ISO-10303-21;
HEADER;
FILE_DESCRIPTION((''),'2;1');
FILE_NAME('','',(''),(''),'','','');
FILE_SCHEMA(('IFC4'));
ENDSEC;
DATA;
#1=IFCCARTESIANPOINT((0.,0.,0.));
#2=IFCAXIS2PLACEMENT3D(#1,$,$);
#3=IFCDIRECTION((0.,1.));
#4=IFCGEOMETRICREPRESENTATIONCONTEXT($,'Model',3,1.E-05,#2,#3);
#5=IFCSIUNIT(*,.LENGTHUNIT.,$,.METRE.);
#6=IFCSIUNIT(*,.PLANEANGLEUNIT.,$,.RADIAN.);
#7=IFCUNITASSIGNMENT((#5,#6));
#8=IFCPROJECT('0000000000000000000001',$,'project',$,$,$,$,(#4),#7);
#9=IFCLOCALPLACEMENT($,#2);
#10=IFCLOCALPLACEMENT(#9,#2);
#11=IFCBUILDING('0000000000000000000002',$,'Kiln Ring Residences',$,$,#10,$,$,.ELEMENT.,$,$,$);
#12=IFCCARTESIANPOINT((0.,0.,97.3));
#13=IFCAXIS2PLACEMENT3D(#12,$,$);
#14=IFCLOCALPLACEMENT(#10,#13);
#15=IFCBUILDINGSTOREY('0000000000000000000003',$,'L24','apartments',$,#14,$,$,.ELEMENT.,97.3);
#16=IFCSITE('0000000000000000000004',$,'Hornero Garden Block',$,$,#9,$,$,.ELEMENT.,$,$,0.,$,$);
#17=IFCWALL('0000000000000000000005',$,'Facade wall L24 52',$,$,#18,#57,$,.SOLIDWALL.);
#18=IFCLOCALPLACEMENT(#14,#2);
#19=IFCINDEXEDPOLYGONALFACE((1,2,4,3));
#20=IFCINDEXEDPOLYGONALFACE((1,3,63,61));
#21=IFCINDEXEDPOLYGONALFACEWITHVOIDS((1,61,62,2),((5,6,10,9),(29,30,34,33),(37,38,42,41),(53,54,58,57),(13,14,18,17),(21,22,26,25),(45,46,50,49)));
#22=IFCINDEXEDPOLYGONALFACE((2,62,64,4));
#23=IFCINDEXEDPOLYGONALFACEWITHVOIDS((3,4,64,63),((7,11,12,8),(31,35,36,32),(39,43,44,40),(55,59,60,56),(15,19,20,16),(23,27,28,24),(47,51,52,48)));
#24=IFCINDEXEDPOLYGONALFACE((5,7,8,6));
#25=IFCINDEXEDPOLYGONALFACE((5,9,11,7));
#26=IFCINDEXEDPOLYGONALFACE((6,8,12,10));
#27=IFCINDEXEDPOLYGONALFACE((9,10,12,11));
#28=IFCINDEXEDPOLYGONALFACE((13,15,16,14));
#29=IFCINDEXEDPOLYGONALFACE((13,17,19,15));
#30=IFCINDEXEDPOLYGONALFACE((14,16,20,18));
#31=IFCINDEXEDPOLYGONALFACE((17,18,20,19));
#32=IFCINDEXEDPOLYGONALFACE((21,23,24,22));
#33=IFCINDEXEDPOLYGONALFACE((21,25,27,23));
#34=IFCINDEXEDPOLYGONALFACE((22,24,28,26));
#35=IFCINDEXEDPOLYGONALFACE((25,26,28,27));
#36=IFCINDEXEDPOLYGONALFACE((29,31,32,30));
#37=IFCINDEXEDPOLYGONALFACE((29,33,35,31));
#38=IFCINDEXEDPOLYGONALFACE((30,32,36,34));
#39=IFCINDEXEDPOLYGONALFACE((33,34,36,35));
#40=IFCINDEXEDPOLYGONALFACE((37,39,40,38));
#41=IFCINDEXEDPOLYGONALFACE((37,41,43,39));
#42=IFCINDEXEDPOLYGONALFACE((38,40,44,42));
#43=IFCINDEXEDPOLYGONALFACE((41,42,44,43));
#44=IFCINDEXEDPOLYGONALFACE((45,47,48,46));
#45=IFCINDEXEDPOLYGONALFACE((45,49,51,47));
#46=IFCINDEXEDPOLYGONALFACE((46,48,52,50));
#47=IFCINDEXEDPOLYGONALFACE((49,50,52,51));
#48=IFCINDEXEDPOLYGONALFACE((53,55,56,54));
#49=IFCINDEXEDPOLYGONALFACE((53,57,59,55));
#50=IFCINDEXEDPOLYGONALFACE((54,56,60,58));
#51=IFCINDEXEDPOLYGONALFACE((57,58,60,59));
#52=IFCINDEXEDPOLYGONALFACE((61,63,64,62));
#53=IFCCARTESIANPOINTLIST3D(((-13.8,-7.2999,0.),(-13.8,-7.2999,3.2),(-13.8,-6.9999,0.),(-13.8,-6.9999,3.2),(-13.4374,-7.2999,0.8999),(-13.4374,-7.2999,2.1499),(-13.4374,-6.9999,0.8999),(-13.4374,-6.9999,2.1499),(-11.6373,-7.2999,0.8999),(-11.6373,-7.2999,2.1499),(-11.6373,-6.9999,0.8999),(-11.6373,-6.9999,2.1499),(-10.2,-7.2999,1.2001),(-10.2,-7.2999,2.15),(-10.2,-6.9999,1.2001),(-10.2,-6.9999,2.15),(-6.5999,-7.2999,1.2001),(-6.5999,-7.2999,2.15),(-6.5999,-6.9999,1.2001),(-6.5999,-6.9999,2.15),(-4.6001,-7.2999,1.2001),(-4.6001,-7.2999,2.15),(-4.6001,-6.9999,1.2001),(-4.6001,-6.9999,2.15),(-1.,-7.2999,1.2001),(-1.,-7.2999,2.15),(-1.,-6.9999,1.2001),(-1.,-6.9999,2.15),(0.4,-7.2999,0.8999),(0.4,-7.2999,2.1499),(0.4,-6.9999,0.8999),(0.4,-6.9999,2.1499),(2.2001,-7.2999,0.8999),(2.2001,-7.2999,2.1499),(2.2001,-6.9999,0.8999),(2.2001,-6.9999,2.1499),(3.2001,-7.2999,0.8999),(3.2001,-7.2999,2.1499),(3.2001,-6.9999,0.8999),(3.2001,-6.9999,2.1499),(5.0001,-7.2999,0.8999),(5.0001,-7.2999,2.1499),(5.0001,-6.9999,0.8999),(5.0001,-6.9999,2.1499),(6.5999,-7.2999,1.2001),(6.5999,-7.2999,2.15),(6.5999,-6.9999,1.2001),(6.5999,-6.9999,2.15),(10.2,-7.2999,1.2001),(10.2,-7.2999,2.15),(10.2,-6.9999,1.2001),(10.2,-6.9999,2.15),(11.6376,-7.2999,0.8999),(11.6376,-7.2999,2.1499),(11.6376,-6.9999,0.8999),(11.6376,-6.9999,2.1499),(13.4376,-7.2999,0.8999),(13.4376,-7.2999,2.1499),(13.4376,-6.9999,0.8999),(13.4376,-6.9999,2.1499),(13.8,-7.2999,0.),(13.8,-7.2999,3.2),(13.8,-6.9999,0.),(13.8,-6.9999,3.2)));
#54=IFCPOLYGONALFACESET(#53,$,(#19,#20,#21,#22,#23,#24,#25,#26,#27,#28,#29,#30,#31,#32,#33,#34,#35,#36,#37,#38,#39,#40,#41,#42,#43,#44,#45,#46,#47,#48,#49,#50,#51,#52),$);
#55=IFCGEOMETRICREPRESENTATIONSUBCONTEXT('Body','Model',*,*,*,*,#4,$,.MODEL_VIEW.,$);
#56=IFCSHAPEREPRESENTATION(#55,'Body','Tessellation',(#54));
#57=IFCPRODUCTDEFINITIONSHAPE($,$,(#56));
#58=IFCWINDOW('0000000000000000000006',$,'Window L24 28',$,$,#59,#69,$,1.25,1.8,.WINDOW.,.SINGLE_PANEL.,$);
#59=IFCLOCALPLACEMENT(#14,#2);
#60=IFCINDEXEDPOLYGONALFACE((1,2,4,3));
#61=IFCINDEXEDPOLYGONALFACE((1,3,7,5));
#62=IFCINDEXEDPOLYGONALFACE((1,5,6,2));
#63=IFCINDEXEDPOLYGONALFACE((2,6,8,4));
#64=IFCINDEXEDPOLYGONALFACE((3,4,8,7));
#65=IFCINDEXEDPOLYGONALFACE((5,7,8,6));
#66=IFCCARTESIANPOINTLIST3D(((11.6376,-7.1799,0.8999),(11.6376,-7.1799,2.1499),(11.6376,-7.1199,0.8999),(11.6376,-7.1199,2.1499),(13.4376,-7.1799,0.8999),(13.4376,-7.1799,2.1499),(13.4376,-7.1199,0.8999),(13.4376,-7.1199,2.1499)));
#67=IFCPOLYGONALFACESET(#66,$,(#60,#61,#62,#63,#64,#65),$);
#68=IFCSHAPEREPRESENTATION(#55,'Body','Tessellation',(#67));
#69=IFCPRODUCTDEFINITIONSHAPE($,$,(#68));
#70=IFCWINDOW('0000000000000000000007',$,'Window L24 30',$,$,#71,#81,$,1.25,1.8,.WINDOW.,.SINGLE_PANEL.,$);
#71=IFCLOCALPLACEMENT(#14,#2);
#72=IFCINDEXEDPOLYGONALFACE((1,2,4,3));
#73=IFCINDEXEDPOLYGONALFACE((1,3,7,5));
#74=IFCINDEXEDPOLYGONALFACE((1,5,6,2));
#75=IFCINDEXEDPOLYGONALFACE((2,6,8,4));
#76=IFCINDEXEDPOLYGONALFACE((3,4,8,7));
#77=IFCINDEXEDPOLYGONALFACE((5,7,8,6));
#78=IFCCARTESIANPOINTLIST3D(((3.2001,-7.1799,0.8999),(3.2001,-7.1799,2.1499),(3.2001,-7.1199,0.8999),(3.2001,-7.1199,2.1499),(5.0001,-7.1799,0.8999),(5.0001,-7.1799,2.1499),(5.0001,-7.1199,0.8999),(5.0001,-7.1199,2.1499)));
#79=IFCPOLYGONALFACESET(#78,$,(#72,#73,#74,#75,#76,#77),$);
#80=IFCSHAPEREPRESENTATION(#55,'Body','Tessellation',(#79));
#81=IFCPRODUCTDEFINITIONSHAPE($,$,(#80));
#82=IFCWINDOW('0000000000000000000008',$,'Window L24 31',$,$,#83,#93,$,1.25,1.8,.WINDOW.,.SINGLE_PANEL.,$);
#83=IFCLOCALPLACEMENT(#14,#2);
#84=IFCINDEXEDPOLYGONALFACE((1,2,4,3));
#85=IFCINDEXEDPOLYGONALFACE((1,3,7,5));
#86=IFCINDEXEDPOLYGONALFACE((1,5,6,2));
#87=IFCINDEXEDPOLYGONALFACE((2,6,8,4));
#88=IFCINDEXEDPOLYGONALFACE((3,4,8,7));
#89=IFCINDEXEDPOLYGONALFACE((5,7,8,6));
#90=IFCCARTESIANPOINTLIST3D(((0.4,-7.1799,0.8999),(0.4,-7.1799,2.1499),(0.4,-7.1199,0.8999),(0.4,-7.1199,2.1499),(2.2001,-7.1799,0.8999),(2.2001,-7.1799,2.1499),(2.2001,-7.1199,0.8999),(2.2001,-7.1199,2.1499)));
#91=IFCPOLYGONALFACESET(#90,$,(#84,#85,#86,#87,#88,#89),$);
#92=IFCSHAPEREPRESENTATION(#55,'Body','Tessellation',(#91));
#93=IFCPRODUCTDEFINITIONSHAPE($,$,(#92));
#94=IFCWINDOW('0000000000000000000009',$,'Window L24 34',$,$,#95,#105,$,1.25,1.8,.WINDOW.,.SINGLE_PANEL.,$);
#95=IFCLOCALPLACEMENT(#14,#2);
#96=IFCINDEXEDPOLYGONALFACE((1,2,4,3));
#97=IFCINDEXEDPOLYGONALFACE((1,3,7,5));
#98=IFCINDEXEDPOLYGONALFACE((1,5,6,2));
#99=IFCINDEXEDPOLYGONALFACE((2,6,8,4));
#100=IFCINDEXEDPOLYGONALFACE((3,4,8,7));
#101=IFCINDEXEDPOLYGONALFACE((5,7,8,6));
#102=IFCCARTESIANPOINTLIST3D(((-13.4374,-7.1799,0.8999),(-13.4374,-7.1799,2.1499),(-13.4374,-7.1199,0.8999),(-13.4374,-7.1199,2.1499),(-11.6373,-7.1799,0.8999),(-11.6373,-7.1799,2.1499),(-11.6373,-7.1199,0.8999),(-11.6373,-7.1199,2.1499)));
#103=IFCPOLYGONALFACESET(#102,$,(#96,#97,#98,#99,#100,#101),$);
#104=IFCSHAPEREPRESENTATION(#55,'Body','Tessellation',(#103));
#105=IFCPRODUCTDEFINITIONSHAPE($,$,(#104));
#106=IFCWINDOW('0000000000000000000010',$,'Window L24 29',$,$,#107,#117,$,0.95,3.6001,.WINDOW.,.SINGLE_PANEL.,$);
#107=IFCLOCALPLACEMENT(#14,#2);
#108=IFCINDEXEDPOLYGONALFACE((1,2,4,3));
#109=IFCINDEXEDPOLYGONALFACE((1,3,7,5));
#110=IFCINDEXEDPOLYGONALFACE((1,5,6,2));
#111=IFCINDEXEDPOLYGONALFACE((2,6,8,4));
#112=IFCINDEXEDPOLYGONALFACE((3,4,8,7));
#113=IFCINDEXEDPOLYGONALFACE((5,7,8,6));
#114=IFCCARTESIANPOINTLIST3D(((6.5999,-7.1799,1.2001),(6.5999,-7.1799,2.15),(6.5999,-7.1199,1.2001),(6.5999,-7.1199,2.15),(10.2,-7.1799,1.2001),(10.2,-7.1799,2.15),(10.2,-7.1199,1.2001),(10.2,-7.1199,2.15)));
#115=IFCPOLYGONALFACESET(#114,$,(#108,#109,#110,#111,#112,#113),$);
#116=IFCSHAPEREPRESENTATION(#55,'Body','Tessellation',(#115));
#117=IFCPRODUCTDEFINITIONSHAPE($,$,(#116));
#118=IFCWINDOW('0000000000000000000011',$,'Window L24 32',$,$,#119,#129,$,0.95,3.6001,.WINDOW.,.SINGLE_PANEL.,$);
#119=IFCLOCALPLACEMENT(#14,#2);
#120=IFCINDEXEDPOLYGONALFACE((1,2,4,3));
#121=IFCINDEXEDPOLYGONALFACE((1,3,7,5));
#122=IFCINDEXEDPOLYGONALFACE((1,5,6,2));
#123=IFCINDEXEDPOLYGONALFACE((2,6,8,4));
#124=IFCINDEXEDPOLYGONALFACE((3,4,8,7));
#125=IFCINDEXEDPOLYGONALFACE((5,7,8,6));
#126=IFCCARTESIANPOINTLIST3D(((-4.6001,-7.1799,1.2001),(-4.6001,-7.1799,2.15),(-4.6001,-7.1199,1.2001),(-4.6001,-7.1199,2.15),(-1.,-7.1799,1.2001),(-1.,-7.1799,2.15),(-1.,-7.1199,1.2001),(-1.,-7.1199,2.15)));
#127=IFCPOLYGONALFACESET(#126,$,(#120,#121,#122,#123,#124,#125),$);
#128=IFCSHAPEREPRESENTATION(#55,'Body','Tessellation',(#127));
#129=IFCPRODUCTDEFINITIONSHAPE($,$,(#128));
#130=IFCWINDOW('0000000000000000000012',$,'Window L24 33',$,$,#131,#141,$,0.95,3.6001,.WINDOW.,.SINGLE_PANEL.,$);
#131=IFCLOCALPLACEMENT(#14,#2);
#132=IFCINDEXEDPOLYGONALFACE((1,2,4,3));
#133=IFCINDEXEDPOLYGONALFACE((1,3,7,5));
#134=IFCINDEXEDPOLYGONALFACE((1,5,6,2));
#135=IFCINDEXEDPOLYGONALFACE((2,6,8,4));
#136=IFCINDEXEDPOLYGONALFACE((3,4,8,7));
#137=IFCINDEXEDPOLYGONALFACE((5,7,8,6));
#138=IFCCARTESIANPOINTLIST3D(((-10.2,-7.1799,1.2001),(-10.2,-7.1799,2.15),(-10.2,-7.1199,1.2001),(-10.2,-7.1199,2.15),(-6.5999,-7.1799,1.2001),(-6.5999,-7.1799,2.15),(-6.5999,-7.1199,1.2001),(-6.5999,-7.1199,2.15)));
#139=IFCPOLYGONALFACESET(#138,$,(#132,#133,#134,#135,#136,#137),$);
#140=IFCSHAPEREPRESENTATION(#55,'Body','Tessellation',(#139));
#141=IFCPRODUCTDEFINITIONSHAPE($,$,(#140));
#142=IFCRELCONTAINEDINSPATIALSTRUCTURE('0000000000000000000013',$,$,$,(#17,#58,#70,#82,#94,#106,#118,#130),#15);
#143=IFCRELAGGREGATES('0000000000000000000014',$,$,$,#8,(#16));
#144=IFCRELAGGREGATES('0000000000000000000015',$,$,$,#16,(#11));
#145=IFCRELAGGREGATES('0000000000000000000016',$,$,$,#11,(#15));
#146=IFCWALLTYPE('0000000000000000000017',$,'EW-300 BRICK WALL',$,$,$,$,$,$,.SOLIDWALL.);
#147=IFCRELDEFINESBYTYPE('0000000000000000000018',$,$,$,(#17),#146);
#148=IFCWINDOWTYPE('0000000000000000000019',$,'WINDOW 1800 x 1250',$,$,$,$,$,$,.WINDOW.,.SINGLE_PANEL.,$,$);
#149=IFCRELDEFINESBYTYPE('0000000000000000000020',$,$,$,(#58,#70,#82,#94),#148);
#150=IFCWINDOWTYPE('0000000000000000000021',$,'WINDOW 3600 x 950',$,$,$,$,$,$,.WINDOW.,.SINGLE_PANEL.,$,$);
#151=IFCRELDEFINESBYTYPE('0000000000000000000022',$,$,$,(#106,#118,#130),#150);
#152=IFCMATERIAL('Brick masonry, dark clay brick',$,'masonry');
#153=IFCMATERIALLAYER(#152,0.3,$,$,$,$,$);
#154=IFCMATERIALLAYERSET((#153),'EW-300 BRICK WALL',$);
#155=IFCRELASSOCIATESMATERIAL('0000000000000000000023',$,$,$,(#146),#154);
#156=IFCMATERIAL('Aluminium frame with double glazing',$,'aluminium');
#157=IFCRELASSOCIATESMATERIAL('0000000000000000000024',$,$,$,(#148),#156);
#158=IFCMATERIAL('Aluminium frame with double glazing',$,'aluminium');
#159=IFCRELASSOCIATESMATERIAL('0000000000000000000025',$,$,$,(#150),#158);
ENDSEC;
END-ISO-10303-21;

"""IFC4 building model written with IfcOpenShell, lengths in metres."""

from ifc_helpers import new_model, si_unit, direction, frame, frame_2d, origin, place, context, subcontext, project, spatial, rectangle, extrude, material, layer, layer_set, type_object, element, fill, save


model = new_model("IFC4")

# Units and contexts
model_context = context("Model", 3, precision=1e-05, world=origin(), true_north=direction((0.0, 1.0)))
body_context = subcontext(model_context, "Body", "Model", "MODEL_VIEW")
ifc_project = project(units=[si_unit("LENGTHUNIT", "METRE"), si_unit("PLANEANGLEUNIT", "RADIAN")], contexts=[model_context])

# Site, building, storey
site_placement = place(None, origin())
site = spatial("IfcSite", under=ifc_project, at=site_placement, Name="Hornero Garden Block", CompositionType="ELEMENT", RefElevation=0.0)
building_placement = place(site_placement, origin())
building = spatial("IfcBuilding", under=site, at=building_placement, Name="Kiln Ring Residences", CompositionType="ELEMENT")
storey_placement = place(building_placement, frame((0.0, 0.0, 97.3)))
storey = spatial("IfcBuildingStorey", under=building, at=storey_placement, Name="L24", Description="apartments", CompositionType="ELEMENT", Elevation=97.3)

# Wall, openings, windows
ifc_material_1 = material(Name="Brick masonry, dark clay brick", Category="masonry")
ifc_layer_1 = layer(ifc_material_1, 0.3)
ifc_layer_set_1 = layer_set([ifc_layer_1], Name="EW-300 BRICK WALL")
wall_type_1 = type_object("IfcWallType", Name="EW-300 BRICK WALL", PredefinedType="SOLIDWALL", material=ifc_layer_set_1)
wall_1_placement = place(storey_placement, frame((13.8, -7.1499, 0.0), z_axis=(0.0, 0.0, 1.0), x_axis=(-1.0, 0.0, 0.0)))
wall_1 = element("IfcWall", 1, at=wall_1_placement, inside=storey, type_object=wall_type_1, Name="Facade wall L24 52", PredefinedType="SOLIDWALL", context=body_context, shape_type="SweptSolid", body=[
    extrude(rectangle(XDim=27.6001, YDim=0.3, at=frame_2d((13.8, 0.0))), origin(), (0.0, 0.0, 1.0), 3.2),
])
opening_1_placement = place(wall_1_placement, frame((0.3625, 0.0, 0.8999)))
opening_1 = element("IfcOpeningElement", 2, at=opening_1_placement, cuts=wall_1, PredefinedType="OPENING", context=body_context, shape_type="SweptSolid", body=[
    extrude(rectangle(XDim=1.8, YDim=1.25, at=frame_2d((0.8999, 0.625))), frame((0.0, 0.1599, 0.0), z_axis=(0.0, -1.0, 0.0), x_axis=(1.0, 0.0, 0.0)), (0.0, 0.0, 1.0), 0.3201),
])
opening_2_placement = place(wall_1_placement, frame((3.6001, 0.0, 1.2)))
opening_2 = element("IfcOpeningElement", 3, at=opening_2_placement, cuts=wall_1, PredefinedType="OPENING", context=body_context, shape_type="SweptSolid", body=[
    extrude(rectangle(XDim=3.6001, YDim=0.95, at=frame_2d((1.8, 0.4751))), frame((0.0, 0.1599, 0.0), z_axis=(0.0, -1.0, 0.0), x_axis=(1.0, 0.0, 0.0)), (0.0, 0.0, 1.0), 0.3201),
])
opening_3_placement = place(wall_1_placement, frame((8.8, 0.0, 0.8999)))
opening_3 = element("IfcOpeningElement", 4, at=opening_3_placement, cuts=wall_1, PredefinedType="OPENING", context=body_context, shape_type="SweptSolid", body=[
    extrude(rectangle(XDim=1.8, YDim=1.25, at=frame_2d((0.8999, 0.625))), frame((0.0, 0.1599, 0.0), z_axis=(0.0, -1.0, 0.0), x_axis=(1.0, 0.0, 0.0)), (0.0, 0.0, 1.0), 0.3201),
])
opening_4_placement = place(wall_1_placement, frame((11.6001, 0.0, 0.8999)))
opening_4 = element("IfcOpeningElement", 5, at=opening_4_placement, cuts=wall_1, PredefinedType="OPENING", context=body_context, shape_type="SweptSolid", body=[
    extrude(rectangle(XDim=1.8, YDim=1.25, at=frame_2d((0.8999, 0.625))), frame((0.0, 0.1599, 0.0), z_axis=(0.0, -1.0, 0.0), x_axis=(1.0, 0.0, 0.0)), (0.0, 0.0, 1.0), 0.3201),
])
opening_5_placement = place(wall_1_placement, frame((14.8, 0.0, 1.2)))
opening_5 = element("IfcOpeningElement", 6, at=opening_5_placement, cuts=wall_1, PredefinedType="OPENING", context=body_context, shape_type="SweptSolid", body=[
    extrude(rectangle(XDim=3.6001, YDim=0.95, at=frame_2d((1.8, 0.4751))), frame((0.0, 0.1599, 0.0), z_axis=(0.0, -1.0, 0.0), x_axis=(1.0, 0.0, 0.0)), (0.0, 0.0, 1.0), 0.3201),
])
opening_6_placement = place(wall_1_placement, frame((20.3999, 0.0, 1.2)))
opening_6 = element("IfcOpeningElement", 7, at=opening_6_placement, cuts=wall_1, PredefinedType="OPENING", context=body_context, shape_type="SweptSolid", body=[
    extrude(rectangle(XDim=3.6001, YDim=0.95, at=frame_2d((1.8, 0.4751))), frame((0.0, 0.1599, 0.0), z_axis=(0.0, -1.0, 0.0), x_axis=(1.0, 0.0, 0.0)), (0.0, 0.0, 1.0), 0.3201),
])
opening_7_placement = place(wall_1_placement, frame((25.4375, 0.0, 0.8999)))
opening_7 = element("IfcOpeningElement", 8, at=opening_7_placement, cuts=wall_1, PredefinedType="OPENING", context=body_context, shape_type="SweptSolid", body=[
    extrude(rectangle(XDim=1.8, YDim=1.25, at=frame_2d((0.8999, 0.625))), frame((0.0, 0.1599, 0.0), z_axis=(0.0, -1.0, 0.0), x_axis=(1.0, 0.0, 0.0)), (0.0, 0.0, 1.0), 0.3201),
])
ifc_material_2 = material(Name="Aluminium frame with double glazing", Category="aluminium")
window_type_1 = type_object("IfcWindowType", Name="WINDOW 1800 x 1250", PartitioningType="SINGLE_PANEL", PredefinedType="WINDOW", material=ifc_material_2)
window_1_placement = place(opening_1_placement, origin())
window_1 = element("IfcWindow", 9, at=window_1_placement, inside=storey, type_object=window_type_1, Name="Window L24 28", OverallHeight=1.25, OverallWidth=1.8, PartitioningType="SINGLE_PANEL", PredefinedType="WINDOW", context=body_context, shape_type="SweptSolid", body=[
    extrude(rectangle(XDim=1.8, YDim=1.25, at=frame_2d((0.8999, 0.625))), frame((0.0, 0.03, 0.0), z_axis=(0.0, -1.0, 0.0), x_axis=(1.0, 0.0, 0.0)), (0.0, 0.0, 1.0), 0.0601),
])
fill(opening_1, window_1)
window_2_placement = place(opening_3_placement, origin())
window_2 = element("IfcWindow", 10, at=window_2_placement, inside=storey, type_object=window_type_1, Name="Window L24 30", OverallHeight=1.25, OverallWidth=1.8, PartitioningType="SINGLE_PANEL", PredefinedType="WINDOW", context=body_context, shape_type="SweptSolid", body=[
    extrude(rectangle(XDim=1.8, YDim=1.25, at=frame_2d((0.8999, 0.625))), frame((0.0, 0.03, 0.0), z_axis=(0.0, -1.0, 0.0), x_axis=(1.0, 0.0, 0.0)), (0.0, 0.0, 1.0), 0.0601),
])
fill(opening_3, window_2)
window_3_placement = place(opening_4_placement, origin())
window_3 = element("IfcWindow", 11, at=window_3_placement, inside=storey, type_object=window_type_1, Name="Window L24 31", OverallHeight=1.25, OverallWidth=1.8, PartitioningType="SINGLE_PANEL", PredefinedType="WINDOW", context=body_context, shape_type="SweptSolid", body=[
    extrude(rectangle(XDim=1.8, YDim=1.25, at=frame_2d((0.8999, 0.625))), frame((0.0, 0.03, 0.0), z_axis=(0.0, -1.0, 0.0), x_axis=(1.0, 0.0, 0.0)), (0.0, 0.0, 1.0), 0.0601),
])
fill(opening_4, window_3)
window_4_placement = place(opening_7_placement, origin())
window_4 = element("IfcWindow", 12, at=window_4_placement, inside=storey, type_object=window_type_1, Name="Window L24 34", OverallHeight=1.25, OverallWidth=1.8, PartitioningType="SINGLE_PANEL", PredefinedType="WINDOW", context=body_context, shape_type="SweptSolid", body=[
    extrude(rectangle(XDim=1.8, YDim=1.25, at=frame_2d((0.8999, 0.625))), frame((0.0, 0.03, 0.0), z_axis=(0.0, -1.0, 0.0), x_axis=(1.0, 0.0, 0.0)), (0.0, 0.0, 1.0), 0.0601),
])
fill(opening_7, window_4)
ifc_material_3 = material(Name="Aluminium frame with double glazing", Category="aluminium")
window_type_2 = type_object("IfcWindowType", Name="WINDOW 3600 x 950", PartitioningType="SINGLE_PANEL", PredefinedType="WINDOW", material=ifc_material_3)
window_5_placement = place(opening_2_placement, origin())
window_5 = element("IfcWindow", 13, at=window_5_placement, inside=storey, type_object=window_type_2, Name="Window L24 29", OverallHeight=0.95, OverallWidth=3.6001, PartitioningType="SINGLE_PANEL", PredefinedType="WINDOW", context=body_context, shape_type="SweptSolid", body=[
    extrude(rectangle(XDim=3.6001, YDim=0.95, at=frame_2d((1.8, 0.4751))), frame((0.0, 0.03, 0.0), z_axis=(0.0, -1.0, 0.0), x_axis=(1.0, 0.0, 0.0)), (0.0, 0.0, 1.0), 0.0601),
])
fill(opening_2, window_5)
window_6_placement = place(opening_5_placement, origin())
window_6 = element("IfcWindow", 14, at=window_6_placement, inside=storey, type_object=window_type_2, Name="Window L24 32", OverallHeight=0.95, OverallWidth=3.6001, PartitioningType="SINGLE_PANEL", PredefinedType="WINDOW", context=body_context, shape_type="SweptSolid", body=[
    extrude(rectangle(XDim=3.6001, YDim=0.95, at=frame_2d((1.8, 0.4751))), frame((0.0, 0.03, 0.0), z_axis=(0.0, -1.0, 0.0), x_axis=(1.0, 0.0, 0.0)), (0.0, 0.0, 1.0), 0.0601),
])
fill(opening_5, window_6)
window_7_placement = place(opening_6_placement, origin())
window_7 = element("IfcWindow", 15, at=window_7_placement, inside=storey, type_object=window_type_2, Name="Window L24 33", OverallHeight=0.95, OverallWidth=3.6001, PartitioningType="SINGLE_PANEL", PredefinedType="WINDOW", context=body_context, shape_type="SweptSolid", body=[
    extrude(rectangle(XDim=3.6001, YDim=0.95, at=frame_2d((1.8, 0.4751))), frame((0.0, 0.03, 0.0), z_axis=(0.0, -1.0, 0.0), x_axis=(1.0, 0.0, 0.0)), (0.0, 0.0, 1.0), 0.0601),
])
fill(opening_6, window_7)

save(model, "model.ifc")
